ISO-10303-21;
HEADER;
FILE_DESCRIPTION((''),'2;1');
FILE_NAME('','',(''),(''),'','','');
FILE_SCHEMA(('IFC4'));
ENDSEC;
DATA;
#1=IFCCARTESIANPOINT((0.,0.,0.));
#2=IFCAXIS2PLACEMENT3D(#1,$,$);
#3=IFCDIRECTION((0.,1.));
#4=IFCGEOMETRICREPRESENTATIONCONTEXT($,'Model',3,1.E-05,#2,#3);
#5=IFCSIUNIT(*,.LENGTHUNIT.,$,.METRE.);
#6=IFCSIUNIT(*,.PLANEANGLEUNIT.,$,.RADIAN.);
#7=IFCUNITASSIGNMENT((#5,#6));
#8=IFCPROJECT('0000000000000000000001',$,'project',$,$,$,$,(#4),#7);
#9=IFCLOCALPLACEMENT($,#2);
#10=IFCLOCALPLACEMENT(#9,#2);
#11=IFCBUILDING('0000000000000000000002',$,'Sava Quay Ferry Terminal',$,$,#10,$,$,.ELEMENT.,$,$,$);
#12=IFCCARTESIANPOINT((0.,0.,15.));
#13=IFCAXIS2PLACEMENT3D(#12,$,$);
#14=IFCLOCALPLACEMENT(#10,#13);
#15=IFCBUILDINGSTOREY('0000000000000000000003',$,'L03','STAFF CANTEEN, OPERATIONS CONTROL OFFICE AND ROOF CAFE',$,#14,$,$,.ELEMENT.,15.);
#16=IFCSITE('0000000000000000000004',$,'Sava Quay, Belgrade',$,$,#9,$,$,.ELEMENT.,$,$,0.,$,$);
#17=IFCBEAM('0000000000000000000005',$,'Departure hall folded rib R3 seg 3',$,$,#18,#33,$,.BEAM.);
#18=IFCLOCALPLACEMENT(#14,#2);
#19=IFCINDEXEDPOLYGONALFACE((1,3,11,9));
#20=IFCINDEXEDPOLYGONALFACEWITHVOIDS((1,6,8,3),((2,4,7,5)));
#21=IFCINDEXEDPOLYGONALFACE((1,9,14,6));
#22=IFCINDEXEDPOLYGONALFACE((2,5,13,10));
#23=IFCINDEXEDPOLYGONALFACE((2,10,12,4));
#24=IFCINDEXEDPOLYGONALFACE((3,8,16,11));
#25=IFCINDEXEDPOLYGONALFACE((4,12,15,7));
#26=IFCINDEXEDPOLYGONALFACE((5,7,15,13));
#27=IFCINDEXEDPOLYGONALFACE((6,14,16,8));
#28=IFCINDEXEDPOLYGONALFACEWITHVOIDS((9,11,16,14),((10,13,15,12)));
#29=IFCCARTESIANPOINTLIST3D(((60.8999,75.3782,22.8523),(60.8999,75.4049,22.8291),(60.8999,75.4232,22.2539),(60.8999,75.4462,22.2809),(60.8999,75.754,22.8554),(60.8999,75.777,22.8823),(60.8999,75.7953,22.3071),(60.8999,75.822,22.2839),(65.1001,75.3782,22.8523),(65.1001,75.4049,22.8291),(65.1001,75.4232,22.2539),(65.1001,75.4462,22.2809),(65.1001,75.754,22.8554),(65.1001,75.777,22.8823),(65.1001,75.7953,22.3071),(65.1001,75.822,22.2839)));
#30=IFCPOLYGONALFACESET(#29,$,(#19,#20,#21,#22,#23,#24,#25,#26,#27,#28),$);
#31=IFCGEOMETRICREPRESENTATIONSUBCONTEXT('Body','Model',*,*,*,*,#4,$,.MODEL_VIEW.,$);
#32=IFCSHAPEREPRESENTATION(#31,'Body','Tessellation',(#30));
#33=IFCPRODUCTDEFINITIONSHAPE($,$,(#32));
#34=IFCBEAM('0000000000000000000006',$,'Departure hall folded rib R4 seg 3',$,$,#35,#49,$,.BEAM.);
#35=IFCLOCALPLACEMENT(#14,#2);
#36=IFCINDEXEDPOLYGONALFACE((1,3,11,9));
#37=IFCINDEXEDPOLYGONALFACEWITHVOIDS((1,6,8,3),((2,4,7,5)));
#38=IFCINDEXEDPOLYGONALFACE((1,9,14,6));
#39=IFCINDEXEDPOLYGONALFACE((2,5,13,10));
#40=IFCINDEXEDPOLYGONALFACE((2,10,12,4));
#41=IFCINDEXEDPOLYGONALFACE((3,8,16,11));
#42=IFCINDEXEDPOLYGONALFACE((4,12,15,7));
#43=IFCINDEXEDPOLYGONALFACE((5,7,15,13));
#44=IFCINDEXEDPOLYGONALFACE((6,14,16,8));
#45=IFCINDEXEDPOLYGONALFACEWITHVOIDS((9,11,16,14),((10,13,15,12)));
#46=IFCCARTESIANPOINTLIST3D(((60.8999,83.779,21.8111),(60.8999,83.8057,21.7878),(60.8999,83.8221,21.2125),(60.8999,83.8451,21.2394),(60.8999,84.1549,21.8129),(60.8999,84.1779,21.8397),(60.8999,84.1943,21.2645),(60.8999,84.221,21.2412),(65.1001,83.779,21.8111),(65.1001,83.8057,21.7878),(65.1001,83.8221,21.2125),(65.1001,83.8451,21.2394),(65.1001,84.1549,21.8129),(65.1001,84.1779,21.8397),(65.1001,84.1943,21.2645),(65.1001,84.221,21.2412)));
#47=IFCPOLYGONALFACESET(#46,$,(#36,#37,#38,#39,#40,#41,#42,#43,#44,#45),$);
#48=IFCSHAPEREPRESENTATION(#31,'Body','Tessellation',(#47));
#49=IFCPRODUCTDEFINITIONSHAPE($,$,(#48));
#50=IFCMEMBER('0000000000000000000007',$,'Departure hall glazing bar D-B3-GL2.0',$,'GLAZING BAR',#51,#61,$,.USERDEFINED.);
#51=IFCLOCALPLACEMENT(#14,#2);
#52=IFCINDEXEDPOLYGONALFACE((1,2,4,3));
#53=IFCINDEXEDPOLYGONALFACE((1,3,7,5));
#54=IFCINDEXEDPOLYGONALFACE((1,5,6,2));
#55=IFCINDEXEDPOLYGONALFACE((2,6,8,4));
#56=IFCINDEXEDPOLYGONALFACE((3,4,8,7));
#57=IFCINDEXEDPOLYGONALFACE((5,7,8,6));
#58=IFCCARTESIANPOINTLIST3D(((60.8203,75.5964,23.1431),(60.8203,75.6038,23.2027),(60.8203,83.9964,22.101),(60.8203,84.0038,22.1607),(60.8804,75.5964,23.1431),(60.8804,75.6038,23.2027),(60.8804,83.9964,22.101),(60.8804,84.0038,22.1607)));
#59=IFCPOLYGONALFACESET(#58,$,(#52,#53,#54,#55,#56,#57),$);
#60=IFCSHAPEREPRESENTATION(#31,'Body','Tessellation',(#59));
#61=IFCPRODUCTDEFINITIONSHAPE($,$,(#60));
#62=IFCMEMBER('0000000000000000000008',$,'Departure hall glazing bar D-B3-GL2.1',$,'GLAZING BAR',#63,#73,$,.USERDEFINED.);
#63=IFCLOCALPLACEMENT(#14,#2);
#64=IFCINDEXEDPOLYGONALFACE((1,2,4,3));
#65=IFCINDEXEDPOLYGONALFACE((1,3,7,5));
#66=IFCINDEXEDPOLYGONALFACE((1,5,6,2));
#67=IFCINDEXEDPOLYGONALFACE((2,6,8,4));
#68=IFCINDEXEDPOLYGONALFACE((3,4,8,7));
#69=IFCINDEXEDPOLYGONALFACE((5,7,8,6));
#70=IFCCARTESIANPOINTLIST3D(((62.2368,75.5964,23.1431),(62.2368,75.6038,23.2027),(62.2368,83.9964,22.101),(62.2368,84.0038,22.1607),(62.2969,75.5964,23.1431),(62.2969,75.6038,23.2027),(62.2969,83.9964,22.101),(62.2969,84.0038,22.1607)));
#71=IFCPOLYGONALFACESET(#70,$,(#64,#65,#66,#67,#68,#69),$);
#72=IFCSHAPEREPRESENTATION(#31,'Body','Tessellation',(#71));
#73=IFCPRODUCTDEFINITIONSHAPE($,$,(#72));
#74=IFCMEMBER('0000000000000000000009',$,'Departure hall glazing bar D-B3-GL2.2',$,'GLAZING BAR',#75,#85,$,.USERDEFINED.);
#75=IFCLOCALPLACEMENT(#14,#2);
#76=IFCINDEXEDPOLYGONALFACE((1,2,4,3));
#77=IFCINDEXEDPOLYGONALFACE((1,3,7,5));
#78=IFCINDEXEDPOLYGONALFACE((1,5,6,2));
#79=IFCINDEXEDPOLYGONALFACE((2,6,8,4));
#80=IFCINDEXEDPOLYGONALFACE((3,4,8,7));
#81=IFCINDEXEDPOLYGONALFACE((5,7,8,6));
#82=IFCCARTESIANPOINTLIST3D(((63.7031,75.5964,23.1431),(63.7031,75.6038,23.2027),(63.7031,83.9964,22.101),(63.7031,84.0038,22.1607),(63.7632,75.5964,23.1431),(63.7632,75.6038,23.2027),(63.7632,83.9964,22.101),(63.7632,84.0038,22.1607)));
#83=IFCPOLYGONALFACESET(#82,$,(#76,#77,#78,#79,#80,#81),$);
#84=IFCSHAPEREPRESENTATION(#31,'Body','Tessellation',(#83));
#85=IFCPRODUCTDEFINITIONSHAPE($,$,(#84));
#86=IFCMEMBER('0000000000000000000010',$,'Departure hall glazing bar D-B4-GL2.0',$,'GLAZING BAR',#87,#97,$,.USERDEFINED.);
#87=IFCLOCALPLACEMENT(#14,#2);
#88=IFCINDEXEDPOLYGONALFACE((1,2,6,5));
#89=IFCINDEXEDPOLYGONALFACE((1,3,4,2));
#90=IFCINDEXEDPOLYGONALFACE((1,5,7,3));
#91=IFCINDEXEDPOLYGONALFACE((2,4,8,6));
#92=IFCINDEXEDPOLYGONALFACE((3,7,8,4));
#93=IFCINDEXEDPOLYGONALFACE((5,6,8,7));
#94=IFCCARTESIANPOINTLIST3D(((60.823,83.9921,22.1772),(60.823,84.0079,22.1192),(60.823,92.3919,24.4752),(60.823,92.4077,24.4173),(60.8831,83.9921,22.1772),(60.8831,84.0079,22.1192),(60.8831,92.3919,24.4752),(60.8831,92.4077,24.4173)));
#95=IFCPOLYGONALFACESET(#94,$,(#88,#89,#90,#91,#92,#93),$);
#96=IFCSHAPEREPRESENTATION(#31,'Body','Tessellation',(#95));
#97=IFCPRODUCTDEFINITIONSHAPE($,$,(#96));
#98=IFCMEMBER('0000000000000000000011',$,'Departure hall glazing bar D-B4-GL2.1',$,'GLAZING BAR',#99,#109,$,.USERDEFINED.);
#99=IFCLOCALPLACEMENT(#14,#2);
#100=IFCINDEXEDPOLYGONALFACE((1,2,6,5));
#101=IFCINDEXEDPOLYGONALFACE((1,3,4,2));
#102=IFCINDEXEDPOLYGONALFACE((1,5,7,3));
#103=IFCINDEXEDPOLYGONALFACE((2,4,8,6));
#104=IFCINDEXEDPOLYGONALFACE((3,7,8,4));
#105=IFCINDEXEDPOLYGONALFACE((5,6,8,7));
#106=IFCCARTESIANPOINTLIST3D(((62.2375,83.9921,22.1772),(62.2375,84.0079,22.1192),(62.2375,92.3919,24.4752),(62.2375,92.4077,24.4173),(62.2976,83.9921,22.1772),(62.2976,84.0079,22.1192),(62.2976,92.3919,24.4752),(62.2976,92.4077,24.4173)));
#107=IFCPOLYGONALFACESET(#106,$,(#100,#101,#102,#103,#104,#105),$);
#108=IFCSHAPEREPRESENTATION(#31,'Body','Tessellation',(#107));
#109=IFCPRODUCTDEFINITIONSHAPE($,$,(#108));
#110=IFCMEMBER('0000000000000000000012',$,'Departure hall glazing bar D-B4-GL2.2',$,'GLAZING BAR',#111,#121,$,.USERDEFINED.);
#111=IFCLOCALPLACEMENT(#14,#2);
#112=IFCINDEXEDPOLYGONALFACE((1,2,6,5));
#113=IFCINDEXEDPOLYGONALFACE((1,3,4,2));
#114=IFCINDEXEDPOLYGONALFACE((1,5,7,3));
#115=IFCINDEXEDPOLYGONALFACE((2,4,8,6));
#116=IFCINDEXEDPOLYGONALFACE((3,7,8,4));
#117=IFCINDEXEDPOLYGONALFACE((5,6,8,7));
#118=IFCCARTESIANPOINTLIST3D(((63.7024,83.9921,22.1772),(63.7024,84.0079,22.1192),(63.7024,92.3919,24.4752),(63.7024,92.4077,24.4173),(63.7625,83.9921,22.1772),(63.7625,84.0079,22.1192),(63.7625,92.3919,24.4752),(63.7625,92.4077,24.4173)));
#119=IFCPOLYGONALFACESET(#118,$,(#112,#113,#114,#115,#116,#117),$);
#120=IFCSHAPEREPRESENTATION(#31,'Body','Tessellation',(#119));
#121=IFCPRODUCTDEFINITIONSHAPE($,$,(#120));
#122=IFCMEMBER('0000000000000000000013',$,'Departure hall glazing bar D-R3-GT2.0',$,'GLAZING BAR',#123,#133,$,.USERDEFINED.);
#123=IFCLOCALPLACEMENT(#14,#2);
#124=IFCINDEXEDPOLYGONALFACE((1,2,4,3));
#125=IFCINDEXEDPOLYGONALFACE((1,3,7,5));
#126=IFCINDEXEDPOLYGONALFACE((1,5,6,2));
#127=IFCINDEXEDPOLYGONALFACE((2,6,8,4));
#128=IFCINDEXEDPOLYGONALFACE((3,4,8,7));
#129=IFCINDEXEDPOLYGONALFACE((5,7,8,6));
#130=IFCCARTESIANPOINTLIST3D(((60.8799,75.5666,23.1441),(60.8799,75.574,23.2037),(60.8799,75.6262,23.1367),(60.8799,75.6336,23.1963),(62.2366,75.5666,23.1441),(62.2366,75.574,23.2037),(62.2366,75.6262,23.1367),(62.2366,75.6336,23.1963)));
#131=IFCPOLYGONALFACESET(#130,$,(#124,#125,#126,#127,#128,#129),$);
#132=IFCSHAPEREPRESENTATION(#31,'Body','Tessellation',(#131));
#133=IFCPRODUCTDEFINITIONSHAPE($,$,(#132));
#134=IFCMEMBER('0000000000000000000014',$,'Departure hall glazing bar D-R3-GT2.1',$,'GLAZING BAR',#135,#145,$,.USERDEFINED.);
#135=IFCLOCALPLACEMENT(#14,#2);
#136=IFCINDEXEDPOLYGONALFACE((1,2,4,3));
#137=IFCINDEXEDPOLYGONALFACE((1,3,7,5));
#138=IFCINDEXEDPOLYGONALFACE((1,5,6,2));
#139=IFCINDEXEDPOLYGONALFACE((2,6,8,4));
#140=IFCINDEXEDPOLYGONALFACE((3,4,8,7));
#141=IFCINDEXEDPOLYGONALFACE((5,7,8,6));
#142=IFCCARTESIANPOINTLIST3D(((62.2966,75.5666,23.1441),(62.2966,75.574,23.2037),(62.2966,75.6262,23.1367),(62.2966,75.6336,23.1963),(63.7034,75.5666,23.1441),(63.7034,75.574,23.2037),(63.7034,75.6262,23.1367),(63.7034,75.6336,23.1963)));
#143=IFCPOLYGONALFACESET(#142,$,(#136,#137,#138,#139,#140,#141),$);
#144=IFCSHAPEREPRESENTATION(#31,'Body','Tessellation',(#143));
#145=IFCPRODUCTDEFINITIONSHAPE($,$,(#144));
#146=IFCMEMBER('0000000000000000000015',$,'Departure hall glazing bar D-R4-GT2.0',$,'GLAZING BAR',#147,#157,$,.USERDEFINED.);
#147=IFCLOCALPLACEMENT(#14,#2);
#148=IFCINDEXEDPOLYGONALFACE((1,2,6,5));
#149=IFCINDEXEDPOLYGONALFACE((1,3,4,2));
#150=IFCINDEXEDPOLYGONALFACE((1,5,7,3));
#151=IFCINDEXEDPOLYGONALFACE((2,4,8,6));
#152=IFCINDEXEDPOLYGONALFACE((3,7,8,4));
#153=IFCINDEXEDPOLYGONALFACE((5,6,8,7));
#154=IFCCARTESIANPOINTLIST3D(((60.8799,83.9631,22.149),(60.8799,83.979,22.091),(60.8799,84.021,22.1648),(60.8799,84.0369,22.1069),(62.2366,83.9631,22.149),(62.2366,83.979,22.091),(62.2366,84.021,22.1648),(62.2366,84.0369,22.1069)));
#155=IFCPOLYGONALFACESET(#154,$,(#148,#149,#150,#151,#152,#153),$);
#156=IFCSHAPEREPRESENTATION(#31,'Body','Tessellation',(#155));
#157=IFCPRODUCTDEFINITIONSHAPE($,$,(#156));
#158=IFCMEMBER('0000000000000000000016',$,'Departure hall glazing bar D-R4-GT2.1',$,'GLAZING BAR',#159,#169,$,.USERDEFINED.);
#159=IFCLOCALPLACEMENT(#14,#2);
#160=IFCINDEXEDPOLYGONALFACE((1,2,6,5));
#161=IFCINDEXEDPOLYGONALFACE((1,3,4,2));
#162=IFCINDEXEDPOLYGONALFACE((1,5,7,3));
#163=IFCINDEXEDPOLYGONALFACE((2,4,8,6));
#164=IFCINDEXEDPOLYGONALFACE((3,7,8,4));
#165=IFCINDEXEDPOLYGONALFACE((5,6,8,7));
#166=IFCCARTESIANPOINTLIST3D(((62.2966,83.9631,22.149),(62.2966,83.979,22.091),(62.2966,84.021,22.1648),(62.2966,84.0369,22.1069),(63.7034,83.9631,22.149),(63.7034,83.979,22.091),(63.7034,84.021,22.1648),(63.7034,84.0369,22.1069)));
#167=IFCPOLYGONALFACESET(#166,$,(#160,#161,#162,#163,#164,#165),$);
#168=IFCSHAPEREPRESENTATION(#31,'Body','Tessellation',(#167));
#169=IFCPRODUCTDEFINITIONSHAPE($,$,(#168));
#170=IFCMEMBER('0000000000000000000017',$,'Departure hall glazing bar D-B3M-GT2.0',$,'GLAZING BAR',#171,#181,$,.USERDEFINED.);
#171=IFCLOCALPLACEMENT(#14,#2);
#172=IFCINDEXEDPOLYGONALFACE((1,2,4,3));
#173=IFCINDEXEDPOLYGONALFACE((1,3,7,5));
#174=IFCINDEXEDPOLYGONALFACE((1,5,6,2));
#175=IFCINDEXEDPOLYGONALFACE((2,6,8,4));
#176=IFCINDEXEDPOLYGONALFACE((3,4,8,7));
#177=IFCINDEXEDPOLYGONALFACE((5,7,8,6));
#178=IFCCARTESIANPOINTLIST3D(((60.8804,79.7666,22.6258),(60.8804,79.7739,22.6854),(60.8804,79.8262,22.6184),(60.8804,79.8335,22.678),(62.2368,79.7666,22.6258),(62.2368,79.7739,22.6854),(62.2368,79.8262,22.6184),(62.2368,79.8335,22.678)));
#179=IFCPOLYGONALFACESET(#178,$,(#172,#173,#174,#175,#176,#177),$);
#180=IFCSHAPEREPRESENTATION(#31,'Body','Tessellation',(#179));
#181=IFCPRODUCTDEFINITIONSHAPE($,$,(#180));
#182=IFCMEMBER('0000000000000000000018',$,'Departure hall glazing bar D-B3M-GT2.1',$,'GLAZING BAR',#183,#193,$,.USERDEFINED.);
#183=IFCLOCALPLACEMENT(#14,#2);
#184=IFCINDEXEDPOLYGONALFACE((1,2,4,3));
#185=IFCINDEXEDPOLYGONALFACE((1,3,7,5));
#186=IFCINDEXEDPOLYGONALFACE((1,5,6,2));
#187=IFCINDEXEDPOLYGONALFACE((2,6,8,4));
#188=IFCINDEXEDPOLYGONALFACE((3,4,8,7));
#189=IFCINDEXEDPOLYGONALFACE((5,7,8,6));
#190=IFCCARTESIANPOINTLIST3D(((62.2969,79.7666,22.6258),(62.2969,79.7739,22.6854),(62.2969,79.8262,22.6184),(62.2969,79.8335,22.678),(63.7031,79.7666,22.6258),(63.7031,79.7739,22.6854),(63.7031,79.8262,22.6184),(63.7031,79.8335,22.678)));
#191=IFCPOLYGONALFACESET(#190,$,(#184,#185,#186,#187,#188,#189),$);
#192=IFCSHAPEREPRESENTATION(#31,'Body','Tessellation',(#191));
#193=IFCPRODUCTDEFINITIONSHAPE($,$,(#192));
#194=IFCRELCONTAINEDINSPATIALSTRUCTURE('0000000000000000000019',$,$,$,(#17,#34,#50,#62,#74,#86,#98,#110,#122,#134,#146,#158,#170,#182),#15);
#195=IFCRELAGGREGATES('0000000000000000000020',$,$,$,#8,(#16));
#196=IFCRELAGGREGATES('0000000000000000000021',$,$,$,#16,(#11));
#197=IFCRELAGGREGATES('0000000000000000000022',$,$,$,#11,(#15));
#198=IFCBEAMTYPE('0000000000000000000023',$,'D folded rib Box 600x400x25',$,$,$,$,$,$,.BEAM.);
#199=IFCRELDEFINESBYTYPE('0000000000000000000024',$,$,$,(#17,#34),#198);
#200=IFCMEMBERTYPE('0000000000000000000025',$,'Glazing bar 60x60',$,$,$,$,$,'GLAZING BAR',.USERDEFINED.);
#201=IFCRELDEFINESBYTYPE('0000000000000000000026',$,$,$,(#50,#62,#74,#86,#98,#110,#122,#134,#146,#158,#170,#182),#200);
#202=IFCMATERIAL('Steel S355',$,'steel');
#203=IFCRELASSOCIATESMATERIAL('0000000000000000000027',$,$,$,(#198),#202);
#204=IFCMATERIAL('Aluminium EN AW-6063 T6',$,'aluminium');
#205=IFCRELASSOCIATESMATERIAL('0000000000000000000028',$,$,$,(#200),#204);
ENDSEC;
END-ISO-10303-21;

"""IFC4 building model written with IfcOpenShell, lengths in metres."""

from ifc_helpers import new_model, si_unit, direction, frame, origin, origin_2d, place, context, subcontext, project, spatial, polyline, rectangle, outline, extrude, material, material_profile, profile_set, type_object, element, save


model = new_model("IFC4")

# Units and contexts
model_context = context("Model", 3, precision=1e-05, world=origin(), true_north=direction((0.0, 1.0)))
body_context = subcontext(model_context, "Body", "Model", "MODEL_VIEW")
ifc_project = project(units=[si_unit("LENGTHUNIT", "METRE"), si_unit("PLANEANGLEUNIT", "RADIAN")], contexts=[model_context])

# Site, building, storey
site_placement = place(None, origin())
site = spatial("IfcSite", under=ifc_project, at=site_placement, Name="Sava Quay, Belgrade", CompositionType="ELEMENT", RefElevation=0.0)
building_placement = place(site_placement, origin())
building = spatial("IfcBuilding", under=site, at=building_placement, Name="Sava Quay Ferry Terminal", CompositionType="ELEMENT")
storey_placement = place(building_placement, frame((0.0, 0.0, 15.0)))
storey = spatial("IfcBuildingStorey", under=building, at=storey_placement, Name="L03", Description="STAFF CANTEEN, OPERATIONS CONTROL OFFICE AND ROOF CAFE", CompositionType="ELEMENT", Elevation=15.0)

# Beams
ifc_material_1 = material(Name="Steel S355", Category="steel")
ifc_material_profile_1 = material_profile(ifc_material_1, outline(polyline([(-0.2, -0.3), (0.2, -0.3), (0.2, 0.3), (-0.2, 0.3), (-0.2, -0.3)]), holes=[polyline([(-0.175, -0.2749), (-0.175, 0.2749), (0.175, 0.2749), (0.175, -0.2749), (-0.175, -0.2749)])]), Name="Box 600x400x25 built-up")
ifc_profile_set_1 = profile_set([ifc_material_profile_1], Name="Steel S355")
beam_type = type_object("IfcBeamType", Name="D folded rib Box 600x400x25", PredefinedType="BEAM", material=ifc_profile_set_1)
for number, where, z_axis, x_axis, name in (
    (1, (60.8999, 75.6001, 22.5681), (1.0, 0.0, 0.0), (0.0, 0.997183, 0.075001), "Departure hall folded rib R3 seg 3"),
    (2, (60.8999, 84.0, 21.5261), (1.0, 0.0, 0.0), (0.0, 0.997423, 0.071749), "Departure hall folded rib R4 seg 3"),
):
    element("IfcBeam", number, at=place(storey_placement, frame(where, z_axis=z_axis, x_axis=x_axis)), inside=storey, type_object=beam_type, Name=name, PredefinedType="BEAM", context=body_context, shape_type="SweptSolid", body=[
        extrude(outline(polyline([(-0.2, -0.3), (0.2, -0.3), (0.2, 0.3), (-0.2, 0.3), (-0.2, -0.3)]), holes=[polyline([(-0.175, -0.2749), (-0.175, 0.2749), (0.175, 0.2749), (0.175, -0.2749), (-0.175, -0.2749)])]), origin(), (0.0, 0.0, 1.0), 4.2002),
    ])

# Members
ifc_material_2 = material(Name="Aluminium EN AW-6063 T6", Category="aluminium")
ifc_material_profile_2 = material_profile(ifc_material_2, rectangle(XDim=0.0601, YDim=0.0601, at=origin_2d()), Name="Bar 60 x 60")
ifc_profile_set_2 = profile_set([ifc_material_profile_2], Name="Aluminium EN AW-6063 T6")
member_type_1 = type_object("IfcMemberType", Name="Glazing bar 60x60", ElementType="GLAZING BAR", PredefinedType="USERDEFINED", material=ifc_profile_set_2)
for number, where, z_axis, x_axis, name in (
    (3, (60.8503, 75.6001, 23.1729), (0.0, 0.992394, -0.123105), (-1.0, 0.0, 0.0), "Departure hall glazing bar D-B3-GL2.0"),
    (4, (62.2668, 75.6001, 23.1729), (0.0, 0.992394, -0.123105), (-1.0, 0.0, 0.0), "Departure hall glazing bar D-B3-GL2.1"),
    (5, (63.7332, 75.6001, 23.1729), (0.0, 0.992394, -0.123105), (-1.0, 0.0, 0.0), "Departure hall glazing bar D-B3-GL2.2"),
):
    element("IfcMember", number, at=place(storey_placement, frame(where, z_axis=z_axis, x_axis=x_axis)), inside=storey, type_object=member_type_1, Name=name, ObjectType="GLAZING BAR", PredefinedType="USERDEFINED", context=body_context, shape_type="SweptSolid", body=[
        extrude(rectangle(XDim=0.0601, YDim=0.0601, at=origin_2d()), origin(), (0.0, 0.0, 1.0), 8.4644),
    ])
for number, where, z_axis, x_axis, name in (
    (6, (60.853, 84.0, 22.1482), (0.0, 0.964553, 0.263888), (-1.0, 0.0, 0.0), "Departure hall glazing bar D-B4-GL2.0"),
    (7, (62.2676, 84.0, 22.1482), (0.0, 0.964553, 0.263888), (-1.0, 0.0, 0.0), "Departure hall glazing bar D-B4-GL2.1"),
    (8, (63.7324, 84.0, 22.1482), (0.0, 0.964553, 0.263888), (-1.0, 0.0, 0.0), "Departure hall glazing bar D-B4-GL2.2"),
):
    element("IfcMember", number, at=place(storey_placement, frame(where, z_axis=z_axis, x_axis=x_axis)), inside=storey, type_object=member_type_1, Name=name, ObjectType="GLAZING BAR", PredefinedType="USERDEFINED", context=body_context, shape_type="SweptSolid", body=[
        extrude(rectangle(XDim=0.0601, YDim=0.0601, at=origin_2d()), origin(), (0.0, 0.0, 1.0), 8.7085),
    ])
member_1_placement = place(storey_placement, frame((60.8799, 75.6001, 23.1702), z_axis=(1.0, 0.0, 0.0), x_axis=(0.0, 0.992394, -0.123104)))
element("IfcMember", 9, at=member_1_placement, inside=storey, type_object=member_type_1, Name="Departure hall glazing bar D-R3-GT2.0", ObjectType="GLAZING BAR", PredefinedType="USERDEFINED", context=body_context, shape_type="SweptSolid", body=[
    extrude(rectangle(XDim=0.0601, YDim=0.0601, at=origin_2d()), origin(), (0.0, 0.0, 1.0), 1.3567),
])
member_2_placement = place(storey_placement, frame((62.2966, 75.6001, 23.1702), z_axis=(1.0, 0.0, 0.0), x_axis=(0.0, 0.992394, -0.123104)))
element("IfcMember", 10, at=member_2_placement, inside=storey, type_object=member_type_1, Name="Departure hall glazing bar D-R3-GT2.1", ObjectType="GLAZING BAR", PredefinedType="USERDEFINED", context=body_context, shape_type="SweptSolid", body=[
    extrude(rectangle(XDim=0.0601, YDim=0.0601, at=origin_2d()), origin(), (0.0, 0.0, 1.0), 1.4067),
])
member_3_placement = place(storey_placement, frame((60.8799, 84.0, 22.1279), z_axis=(1.0, 0.0, 0.0), x_axis=(0.0, 0.964557, 0.263875)))
element("IfcMember", 11, at=member_3_placement, inside=storey, type_object=member_type_1, Name="Departure hall glazing bar D-R4-GT2.0", ObjectType="GLAZING BAR", PredefinedType="USERDEFINED", context=body_context, shape_type="SweptSolid", body=[
    extrude(rectangle(XDim=0.0601, YDim=0.0601, at=origin_2d()), origin(), (0.0, 0.0, 1.0), 1.3567),
])
member_4_placement = place(storey_placement, frame((62.2966, 84.0, 22.1279), z_axis=(1.0, 0.0, 0.0), x_axis=(0.0, 0.964557, 0.263875)))
element("IfcMember", 12, at=member_4_placement, inside=storey, type_object=member_type_1, Name="Departure hall glazing bar D-R4-GT2.1", ObjectType="GLAZING BAR", PredefinedType="USERDEFINED", context=body_context, shape_type="SweptSolid", body=[
    extrude(rectangle(XDim=0.0601, YDim=0.0601, at=origin_2d()), origin(), (0.0, 0.0, 1.0), 1.4067),
])
member_5_placement = place(storey_placement, frame((60.8804, 79.8, 22.6519), z_axis=(1.0, 0.0, 0.0), x_axis=(0.0, 0.992394, -0.123104)))
element("IfcMember", 13, at=member_5_placement, inside=storey, type_object=member_type_1, Name="Departure hall glazing bar D-B3M-GT2.0", ObjectType="GLAZING BAR", PredefinedType="USERDEFINED", context=body_context, shape_type="SweptSolid", body=[
    extrude(rectangle(XDim=0.0601, YDim=0.0601, at=origin_2d()), origin(), (0.0, 0.0, 1.0), 1.3564),
])
member_6_placement = place(storey_placement, frame((62.2969, 79.8, 22.6519), z_axis=(1.0, 0.0, 0.0), x_axis=(0.0, 0.992394, -0.123104)))
element("IfcMember", 14, at=member_6_placement, inside=storey, type_object=member_type_1, Name="Departure hall glazing bar D-B3M-GT2.1", ObjectType="GLAZING BAR", PredefinedType="USERDEFINED", context=body_context, shape_type="SweptSolid", body=[
    extrude(rectangle(XDim=0.0601, YDim=0.0601, at=origin_2d()), origin(), (0.0, 0.0, 1.0), 1.4062),
])

save(model, "model.ifc")
